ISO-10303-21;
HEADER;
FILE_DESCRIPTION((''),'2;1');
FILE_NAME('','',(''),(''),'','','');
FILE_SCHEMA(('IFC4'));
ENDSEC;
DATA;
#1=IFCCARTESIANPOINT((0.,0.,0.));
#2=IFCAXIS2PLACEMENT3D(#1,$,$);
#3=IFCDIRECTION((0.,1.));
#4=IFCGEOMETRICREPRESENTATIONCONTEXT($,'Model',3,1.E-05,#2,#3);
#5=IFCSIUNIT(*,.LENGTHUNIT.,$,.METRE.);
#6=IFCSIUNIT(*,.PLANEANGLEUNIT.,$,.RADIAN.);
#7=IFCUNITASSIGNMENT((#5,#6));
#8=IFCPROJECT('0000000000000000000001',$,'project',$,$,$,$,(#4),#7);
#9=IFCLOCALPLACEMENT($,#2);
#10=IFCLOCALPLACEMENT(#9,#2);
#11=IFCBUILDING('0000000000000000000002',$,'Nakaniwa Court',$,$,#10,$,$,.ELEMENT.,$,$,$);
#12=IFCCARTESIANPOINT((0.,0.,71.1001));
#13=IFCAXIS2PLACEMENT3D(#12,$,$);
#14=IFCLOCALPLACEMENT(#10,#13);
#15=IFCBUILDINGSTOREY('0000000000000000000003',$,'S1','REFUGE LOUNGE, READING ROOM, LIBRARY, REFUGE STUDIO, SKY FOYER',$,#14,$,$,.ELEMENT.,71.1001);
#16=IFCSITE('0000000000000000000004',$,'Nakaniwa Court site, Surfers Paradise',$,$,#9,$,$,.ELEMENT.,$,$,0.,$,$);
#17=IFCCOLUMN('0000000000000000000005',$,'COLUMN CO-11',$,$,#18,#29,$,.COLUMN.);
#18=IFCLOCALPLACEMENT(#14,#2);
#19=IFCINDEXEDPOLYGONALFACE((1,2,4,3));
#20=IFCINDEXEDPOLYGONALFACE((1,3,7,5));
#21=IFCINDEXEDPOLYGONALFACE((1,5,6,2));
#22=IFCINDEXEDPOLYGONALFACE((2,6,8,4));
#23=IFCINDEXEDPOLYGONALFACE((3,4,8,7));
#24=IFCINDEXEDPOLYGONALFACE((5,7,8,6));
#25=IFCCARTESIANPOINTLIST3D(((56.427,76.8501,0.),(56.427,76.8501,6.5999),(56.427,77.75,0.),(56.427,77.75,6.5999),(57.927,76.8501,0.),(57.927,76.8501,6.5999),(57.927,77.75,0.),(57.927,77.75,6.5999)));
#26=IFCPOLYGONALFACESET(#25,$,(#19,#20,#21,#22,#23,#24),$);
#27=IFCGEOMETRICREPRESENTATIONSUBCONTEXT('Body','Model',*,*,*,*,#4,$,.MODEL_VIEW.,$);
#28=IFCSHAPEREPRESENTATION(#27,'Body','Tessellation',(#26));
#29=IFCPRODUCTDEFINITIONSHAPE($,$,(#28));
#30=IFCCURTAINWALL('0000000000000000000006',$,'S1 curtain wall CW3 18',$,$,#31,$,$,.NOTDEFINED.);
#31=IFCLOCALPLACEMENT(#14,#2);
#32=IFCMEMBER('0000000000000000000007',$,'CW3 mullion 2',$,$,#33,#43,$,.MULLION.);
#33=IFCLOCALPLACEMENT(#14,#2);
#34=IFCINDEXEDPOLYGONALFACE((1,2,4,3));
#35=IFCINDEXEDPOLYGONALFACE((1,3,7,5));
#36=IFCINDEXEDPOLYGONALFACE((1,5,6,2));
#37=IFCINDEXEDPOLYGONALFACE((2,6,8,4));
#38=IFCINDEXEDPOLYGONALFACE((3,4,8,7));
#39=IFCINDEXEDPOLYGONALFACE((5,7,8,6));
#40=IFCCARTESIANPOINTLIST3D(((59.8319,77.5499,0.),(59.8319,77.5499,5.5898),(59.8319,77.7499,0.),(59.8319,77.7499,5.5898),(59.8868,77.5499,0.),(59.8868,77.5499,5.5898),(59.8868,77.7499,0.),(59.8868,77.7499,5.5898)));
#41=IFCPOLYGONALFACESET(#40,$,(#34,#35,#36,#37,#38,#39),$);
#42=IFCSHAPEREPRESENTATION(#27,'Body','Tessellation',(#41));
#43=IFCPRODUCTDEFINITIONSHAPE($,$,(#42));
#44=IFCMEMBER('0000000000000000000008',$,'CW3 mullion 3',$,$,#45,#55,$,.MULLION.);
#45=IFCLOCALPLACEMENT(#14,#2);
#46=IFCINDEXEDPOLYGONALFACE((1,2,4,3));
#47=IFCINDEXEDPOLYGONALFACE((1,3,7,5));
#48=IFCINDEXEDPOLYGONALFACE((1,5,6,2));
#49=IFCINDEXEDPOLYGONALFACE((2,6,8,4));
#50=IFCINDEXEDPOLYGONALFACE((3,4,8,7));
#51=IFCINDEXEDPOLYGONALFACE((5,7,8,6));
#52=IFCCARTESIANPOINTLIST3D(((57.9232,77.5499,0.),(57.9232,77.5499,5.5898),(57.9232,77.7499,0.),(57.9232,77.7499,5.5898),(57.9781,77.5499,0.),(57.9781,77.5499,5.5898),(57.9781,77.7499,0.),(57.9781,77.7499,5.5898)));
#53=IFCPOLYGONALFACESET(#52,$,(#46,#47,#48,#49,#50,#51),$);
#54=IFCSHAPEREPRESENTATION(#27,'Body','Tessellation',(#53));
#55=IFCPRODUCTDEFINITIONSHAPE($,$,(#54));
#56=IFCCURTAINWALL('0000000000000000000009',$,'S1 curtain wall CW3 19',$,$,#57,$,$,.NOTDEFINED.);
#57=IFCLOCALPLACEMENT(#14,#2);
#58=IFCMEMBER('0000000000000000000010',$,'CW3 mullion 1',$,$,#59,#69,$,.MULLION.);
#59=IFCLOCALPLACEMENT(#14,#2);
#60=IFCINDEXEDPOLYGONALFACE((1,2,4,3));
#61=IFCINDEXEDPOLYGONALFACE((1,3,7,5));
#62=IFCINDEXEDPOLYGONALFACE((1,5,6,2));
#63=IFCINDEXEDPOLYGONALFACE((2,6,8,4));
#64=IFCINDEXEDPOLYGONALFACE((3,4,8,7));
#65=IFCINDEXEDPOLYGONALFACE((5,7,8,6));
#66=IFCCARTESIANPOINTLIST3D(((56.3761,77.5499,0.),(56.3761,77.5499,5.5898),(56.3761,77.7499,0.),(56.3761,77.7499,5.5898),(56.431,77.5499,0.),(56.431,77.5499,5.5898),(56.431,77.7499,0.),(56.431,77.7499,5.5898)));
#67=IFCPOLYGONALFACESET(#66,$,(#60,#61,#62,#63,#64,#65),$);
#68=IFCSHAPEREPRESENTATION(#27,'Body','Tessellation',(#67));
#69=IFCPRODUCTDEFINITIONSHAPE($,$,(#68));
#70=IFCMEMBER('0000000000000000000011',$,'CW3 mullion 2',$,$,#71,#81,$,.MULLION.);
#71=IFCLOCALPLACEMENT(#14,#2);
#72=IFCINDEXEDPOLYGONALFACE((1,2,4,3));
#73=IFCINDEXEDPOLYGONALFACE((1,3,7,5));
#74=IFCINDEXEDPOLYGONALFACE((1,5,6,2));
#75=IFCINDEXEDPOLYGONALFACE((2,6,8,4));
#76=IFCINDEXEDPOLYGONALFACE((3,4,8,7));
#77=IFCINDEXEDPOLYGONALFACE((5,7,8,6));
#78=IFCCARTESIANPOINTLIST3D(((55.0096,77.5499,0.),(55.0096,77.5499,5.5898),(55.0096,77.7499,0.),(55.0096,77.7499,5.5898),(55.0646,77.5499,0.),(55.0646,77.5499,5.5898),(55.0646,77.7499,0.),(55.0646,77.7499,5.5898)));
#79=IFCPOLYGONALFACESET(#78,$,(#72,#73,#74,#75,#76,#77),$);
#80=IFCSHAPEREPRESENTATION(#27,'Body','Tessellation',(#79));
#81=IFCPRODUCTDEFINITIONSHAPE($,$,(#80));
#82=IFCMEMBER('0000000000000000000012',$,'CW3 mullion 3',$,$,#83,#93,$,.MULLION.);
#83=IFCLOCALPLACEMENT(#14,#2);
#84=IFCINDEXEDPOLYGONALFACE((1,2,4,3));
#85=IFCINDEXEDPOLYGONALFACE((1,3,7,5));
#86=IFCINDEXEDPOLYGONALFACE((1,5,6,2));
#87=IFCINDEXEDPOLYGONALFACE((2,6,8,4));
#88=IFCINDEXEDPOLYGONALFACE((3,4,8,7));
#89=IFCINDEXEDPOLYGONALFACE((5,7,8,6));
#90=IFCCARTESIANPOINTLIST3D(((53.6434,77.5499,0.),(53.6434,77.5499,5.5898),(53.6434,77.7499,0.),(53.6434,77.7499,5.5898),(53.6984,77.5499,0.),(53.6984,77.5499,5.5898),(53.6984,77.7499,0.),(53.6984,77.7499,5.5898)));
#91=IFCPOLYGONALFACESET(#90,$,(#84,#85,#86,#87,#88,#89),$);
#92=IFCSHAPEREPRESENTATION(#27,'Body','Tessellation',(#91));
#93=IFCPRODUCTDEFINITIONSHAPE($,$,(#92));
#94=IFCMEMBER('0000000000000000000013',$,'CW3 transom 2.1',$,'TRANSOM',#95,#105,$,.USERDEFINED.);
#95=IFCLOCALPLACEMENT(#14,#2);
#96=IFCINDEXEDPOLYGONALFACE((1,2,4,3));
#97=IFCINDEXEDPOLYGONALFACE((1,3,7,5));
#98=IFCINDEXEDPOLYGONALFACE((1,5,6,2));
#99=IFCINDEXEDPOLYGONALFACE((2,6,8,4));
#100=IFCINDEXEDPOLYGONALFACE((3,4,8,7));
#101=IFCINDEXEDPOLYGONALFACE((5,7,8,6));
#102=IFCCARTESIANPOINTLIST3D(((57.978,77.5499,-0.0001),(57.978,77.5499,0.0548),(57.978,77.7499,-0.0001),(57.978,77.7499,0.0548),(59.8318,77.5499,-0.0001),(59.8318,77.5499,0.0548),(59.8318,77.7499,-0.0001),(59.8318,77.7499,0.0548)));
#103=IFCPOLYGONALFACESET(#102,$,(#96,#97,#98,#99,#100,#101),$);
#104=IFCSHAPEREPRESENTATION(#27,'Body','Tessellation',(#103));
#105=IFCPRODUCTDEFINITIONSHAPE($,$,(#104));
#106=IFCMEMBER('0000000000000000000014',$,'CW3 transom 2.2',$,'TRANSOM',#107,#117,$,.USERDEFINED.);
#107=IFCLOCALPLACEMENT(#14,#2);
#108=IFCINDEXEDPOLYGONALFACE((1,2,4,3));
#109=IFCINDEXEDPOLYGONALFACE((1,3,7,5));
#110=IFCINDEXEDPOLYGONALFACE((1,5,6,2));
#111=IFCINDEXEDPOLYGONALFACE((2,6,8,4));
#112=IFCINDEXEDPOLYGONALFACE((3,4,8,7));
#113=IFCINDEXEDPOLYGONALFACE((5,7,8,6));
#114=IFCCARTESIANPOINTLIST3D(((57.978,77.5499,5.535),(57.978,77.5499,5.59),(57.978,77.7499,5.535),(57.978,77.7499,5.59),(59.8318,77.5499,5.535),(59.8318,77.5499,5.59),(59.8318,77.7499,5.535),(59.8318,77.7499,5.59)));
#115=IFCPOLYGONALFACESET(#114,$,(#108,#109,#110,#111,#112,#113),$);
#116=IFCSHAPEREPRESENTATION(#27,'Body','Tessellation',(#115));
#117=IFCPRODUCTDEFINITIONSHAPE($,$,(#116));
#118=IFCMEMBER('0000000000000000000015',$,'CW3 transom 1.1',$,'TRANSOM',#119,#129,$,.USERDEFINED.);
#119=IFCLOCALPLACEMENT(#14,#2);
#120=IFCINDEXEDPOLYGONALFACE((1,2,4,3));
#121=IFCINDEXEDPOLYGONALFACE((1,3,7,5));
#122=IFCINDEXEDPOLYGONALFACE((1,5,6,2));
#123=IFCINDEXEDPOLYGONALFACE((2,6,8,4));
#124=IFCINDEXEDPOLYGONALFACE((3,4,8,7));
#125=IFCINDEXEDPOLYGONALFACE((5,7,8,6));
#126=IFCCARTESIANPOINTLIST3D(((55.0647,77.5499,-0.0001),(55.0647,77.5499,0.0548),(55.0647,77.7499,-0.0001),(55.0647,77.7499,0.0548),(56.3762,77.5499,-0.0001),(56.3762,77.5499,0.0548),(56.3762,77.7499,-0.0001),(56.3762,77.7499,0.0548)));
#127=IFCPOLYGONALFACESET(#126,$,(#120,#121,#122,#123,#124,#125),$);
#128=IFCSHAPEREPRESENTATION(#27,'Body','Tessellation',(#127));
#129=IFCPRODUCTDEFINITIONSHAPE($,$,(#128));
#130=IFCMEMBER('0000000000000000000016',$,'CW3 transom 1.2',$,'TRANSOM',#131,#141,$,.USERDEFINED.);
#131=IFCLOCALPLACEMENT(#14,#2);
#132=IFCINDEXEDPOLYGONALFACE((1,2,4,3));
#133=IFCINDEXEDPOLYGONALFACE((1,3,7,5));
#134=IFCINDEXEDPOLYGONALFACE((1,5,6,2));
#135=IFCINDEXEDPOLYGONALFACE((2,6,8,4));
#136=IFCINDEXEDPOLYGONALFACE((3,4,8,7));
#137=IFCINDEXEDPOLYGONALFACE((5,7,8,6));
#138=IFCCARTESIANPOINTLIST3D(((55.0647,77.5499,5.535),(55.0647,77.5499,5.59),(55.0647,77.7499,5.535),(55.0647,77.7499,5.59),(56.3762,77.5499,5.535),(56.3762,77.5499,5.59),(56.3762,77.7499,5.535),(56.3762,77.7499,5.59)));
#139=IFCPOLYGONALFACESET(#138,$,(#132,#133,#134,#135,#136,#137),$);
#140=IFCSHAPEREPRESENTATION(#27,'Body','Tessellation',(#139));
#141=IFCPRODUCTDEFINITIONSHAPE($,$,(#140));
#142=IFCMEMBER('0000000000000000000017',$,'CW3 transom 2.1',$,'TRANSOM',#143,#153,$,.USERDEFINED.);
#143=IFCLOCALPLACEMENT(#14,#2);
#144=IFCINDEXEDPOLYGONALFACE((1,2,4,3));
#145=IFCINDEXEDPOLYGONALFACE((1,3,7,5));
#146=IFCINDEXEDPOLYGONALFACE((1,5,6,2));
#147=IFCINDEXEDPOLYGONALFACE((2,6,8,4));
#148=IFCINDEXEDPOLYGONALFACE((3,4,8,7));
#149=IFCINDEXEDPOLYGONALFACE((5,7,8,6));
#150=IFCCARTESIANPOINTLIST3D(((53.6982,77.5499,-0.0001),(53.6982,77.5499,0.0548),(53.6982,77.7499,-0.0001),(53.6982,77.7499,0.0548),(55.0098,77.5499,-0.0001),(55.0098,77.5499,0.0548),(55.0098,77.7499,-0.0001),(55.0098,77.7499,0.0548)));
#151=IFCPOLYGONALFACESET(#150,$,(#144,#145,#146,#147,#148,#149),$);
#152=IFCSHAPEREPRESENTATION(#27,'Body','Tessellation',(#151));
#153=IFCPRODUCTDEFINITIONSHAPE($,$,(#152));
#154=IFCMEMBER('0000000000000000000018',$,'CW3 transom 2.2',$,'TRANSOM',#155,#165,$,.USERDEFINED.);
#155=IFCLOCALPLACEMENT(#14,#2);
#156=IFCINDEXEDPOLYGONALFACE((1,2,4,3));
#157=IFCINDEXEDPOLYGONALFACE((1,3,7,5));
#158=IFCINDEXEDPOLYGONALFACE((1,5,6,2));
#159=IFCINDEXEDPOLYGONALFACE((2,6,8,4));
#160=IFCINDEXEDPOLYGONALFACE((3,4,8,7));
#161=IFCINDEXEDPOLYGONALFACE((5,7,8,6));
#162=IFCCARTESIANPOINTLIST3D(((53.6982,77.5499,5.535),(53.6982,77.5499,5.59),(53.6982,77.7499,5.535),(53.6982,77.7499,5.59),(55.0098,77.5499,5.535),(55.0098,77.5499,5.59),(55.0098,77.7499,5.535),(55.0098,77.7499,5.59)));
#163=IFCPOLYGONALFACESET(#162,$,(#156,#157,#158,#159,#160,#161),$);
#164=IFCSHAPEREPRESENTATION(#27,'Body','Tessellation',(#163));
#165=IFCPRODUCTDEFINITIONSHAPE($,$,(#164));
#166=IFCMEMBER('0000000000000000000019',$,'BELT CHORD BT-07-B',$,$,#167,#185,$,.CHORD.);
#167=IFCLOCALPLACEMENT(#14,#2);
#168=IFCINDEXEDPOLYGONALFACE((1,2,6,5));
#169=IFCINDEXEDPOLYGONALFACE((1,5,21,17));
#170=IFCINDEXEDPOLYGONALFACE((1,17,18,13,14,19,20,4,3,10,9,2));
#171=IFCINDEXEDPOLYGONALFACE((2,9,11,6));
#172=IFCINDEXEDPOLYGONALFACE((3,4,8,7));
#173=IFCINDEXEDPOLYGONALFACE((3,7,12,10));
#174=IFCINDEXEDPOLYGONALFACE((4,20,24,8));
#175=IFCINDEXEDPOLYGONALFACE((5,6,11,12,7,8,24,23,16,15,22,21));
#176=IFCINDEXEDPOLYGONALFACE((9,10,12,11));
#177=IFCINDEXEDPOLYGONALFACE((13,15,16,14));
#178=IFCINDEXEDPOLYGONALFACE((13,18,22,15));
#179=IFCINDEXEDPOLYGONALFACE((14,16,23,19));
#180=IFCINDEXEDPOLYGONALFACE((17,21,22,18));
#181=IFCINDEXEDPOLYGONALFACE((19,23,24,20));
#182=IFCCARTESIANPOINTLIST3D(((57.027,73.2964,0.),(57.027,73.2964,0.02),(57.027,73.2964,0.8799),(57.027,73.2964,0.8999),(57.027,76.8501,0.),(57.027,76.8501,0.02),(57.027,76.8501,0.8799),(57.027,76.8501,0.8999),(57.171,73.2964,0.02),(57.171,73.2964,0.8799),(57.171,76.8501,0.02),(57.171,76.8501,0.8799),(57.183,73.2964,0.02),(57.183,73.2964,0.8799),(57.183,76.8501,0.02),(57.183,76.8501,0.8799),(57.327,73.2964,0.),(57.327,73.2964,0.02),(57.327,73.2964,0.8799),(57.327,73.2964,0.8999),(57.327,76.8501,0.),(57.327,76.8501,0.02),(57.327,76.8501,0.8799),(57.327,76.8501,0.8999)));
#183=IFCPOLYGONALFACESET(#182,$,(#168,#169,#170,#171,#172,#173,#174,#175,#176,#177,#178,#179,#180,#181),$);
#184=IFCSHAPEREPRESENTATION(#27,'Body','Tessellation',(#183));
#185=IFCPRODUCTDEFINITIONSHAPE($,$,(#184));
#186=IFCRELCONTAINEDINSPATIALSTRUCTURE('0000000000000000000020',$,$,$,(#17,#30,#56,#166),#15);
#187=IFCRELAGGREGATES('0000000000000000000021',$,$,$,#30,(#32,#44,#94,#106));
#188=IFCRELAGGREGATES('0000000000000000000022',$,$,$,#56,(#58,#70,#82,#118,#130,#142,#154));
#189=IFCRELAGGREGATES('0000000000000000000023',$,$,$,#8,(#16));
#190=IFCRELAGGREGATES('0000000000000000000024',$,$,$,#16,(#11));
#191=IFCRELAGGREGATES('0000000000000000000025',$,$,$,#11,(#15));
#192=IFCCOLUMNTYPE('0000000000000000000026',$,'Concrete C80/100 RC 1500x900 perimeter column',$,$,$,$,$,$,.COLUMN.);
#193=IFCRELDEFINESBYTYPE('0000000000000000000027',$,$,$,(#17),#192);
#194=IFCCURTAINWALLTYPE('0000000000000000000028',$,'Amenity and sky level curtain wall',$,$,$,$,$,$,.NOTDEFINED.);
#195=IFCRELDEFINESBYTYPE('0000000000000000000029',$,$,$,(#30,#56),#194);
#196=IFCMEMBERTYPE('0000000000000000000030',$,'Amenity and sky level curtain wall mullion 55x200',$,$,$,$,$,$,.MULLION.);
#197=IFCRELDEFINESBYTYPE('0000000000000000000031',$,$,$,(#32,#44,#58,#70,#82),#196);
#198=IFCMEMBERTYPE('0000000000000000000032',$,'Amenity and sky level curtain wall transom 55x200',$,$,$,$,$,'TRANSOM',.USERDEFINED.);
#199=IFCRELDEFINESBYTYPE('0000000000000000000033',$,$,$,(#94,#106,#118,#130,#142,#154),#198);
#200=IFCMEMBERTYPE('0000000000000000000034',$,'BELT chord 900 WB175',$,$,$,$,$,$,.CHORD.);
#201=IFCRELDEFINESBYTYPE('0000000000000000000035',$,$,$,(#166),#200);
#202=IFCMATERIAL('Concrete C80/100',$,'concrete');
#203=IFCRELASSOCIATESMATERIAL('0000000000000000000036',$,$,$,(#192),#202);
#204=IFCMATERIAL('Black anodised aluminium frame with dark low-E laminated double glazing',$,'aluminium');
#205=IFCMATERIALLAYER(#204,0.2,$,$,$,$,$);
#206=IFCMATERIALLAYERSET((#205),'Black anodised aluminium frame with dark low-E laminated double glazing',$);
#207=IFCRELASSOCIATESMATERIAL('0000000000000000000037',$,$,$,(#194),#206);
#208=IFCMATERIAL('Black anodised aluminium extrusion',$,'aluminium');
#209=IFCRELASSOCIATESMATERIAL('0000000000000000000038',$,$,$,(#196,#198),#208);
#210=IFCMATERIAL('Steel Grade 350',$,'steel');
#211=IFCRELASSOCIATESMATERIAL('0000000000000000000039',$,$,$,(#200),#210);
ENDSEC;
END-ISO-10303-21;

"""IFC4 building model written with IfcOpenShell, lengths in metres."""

from ifc_helpers import new_model, si_unit, direction, frame, origin, origin_2d, place, context, subcontext, project, spatial, rectangle, i_section, extrude, material, layer, layer_set, material_profile, profile_set, type_object, element, aggregate, save


model = new_model("IFC4")

# Units and contexts
model_context = context("Model", 3, precision=1e-05, world=origin(), true_north=direction((0.0, 1.0)))
body_context = subcontext(model_context, "Body", "Model", "MODEL_VIEW")
ifc_project = project(units=[si_unit("LENGTHUNIT", "METRE"), si_unit("PLANEANGLEUNIT", "RADIAN")], contexts=[model_context])

# Site, building, storey
site_placement = place(None, origin())
site = spatial("IfcSite", under=ifc_project, at=site_placement, Name="Nakaniwa Court site, Surfers Paradise", CompositionType="ELEMENT", RefElevation=0.0)
building_placement = place(site_placement, origin())
building = spatial("IfcBuilding", under=site, at=building_placement, Name="Nakaniwa Court", CompositionType="ELEMENT")
storey_placement = place(building_placement, frame((0.0, 0.0, 71.1001)))
storey = spatial("IfcBuildingStorey", under=building, at=storey_placement, Name="S1", Description="REFUGE LOUNGE, READING ROOM, LIBRARY, REFUGE STUDIO, SKY FOYER", CompositionType="ELEMENT", Elevation=71.1001)

# Column
ifc_material_1 = material(Name="Concrete C80/100", Category="concrete")
ifc_material_profile_1 = material_profile(ifc_material_1, rectangle(XDim=1.5, YDim=0.8999, at=origin_2d()), Name="Concrete C80/100 RC 1500x900 perimeter column")
ifc_profile_set_1 = profile_set([ifc_material_profile_1], Name="Concrete C80/100")
column_type = type_object("IfcColumnType", Name="Concrete C80/100 RC 1500x900 perimeter column", PredefinedType="COLUMN", material=ifc_profile_set_1)
column_placement = place(storey_placement, frame((57.177, 77.3, 0.0), z_axis=(0.0, 0.0, 1.0), x_axis=(-1.0, 0.0, 0.0)))
element("IfcColumn", 1, at=column_placement, inside=storey, type_object=column_type, Name="COLUMN CO-11", PredefinedType="COLUMN", context=body_context, shape_type="SweptSolid", body=[
    extrude(rectangle(XDim=1.5, YDim=0.8999, at=origin_2d()), origin(), (0.0, 0.0, 1.0), 6.5999),
])

# Curtain walls, members
ifc_material_2 = material(Name="Black anodised aluminium frame with dark low-E laminated double glazing", Category="aluminium")
ifc_layer_1 = layer(ifc_material_2, 0.2)
ifc_layer_set_1 = layer_set([ifc_layer_1], Name="Black anodised aluminium frame with dark low-E laminated double glazing")
curtain_wall_type = type_object("IfcCurtainWallType", Name="Amenity and sky level curtain wall", PredefinedType="NOTDEFINED", material=ifc_layer_set_1)
curtain_wall_1_placement = place(storey_placement, origin())
curtain_wall_1 = element("IfcCurtainWall", 2, at=curtain_wall_1_placement, inside=storey, type_object=curtain_wall_type, Name="S1 curtain wall CW3 18", PredefinedType="NOTDEFINED")
ifc_material_3 = material(Name="Black anodised aluminium extrusion", Category="aluminium")
ifc_material_profile_2 = material_profile(ifc_material_3, rectangle(XDim=0.2, YDim=0.0549, at=origin_2d()), Name="Amenity and sky level curtain wall mullion 55x200")
ifc_profile_set_2 = profile_set([ifc_material_profile_2], Name="Black anodised aluminium extrusion")
member_type_1 = type_object("IfcMemberType", Name="Amenity and sky level curtain wall mullion 55x200", PredefinedType="MULLION", material=ifc_profile_set_2)
member_1_placement = place(storey_placement, frame((59.8594, 77.6499, 0.0), z_axis=(0.0, 0.0, 1.0), x_axis=(0.0, -1.0, 0.0)))
member_1 = element("IfcMember", 3, at=member_1_placement, type_object=member_type_1, Name="CW3 mullion 2", PredefinedType="MULLION", context=body_context, shape_type="SweptSolid", body=[
    extrude(rectangle(XDim=0.2, YDim=0.0549, at=origin_2d()), origin(), (0.0, 0.0, 1.0), 5.5898),
])
member_2_placement = place(storey_placement, frame((57.9507, 77.6499, 0.0), z_axis=(0.0, 0.0, 1.0), x_axis=(0.0, -1.0, 0.0)))
member_2 = element("IfcMember", 4, at=member_2_placement, type_object=member_type_1, Name="CW3 mullion 3", PredefinedType="MULLION", context=body_context, shape_type="SweptSolid", body=[
    extrude(rectangle(XDim=0.2, YDim=0.0549, at=origin_2d()), origin(), (0.0, 0.0, 1.0), 5.5898),
])
curtain_wall_2_placement = place(storey_placement, origin())
curtain_wall_2 = element("IfcCurtainWall", 5, at=curtain_wall_2_placement, inside=storey, type_object=curtain_wall_type, Name="S1 curtain wall CW3 19", PredefinedType="NOTDEFINED")
member_3_placement = place(storey_placement, frame((56.4036, 77.6499, 0.0), z_axis=(0.0, 0.0, 1.0), x_axis=(0.0, -1.0, 0.0)))
member_3 = element("IfcMember", 6, at=member_3_placement, type_object=member_type_1, Name="CW3 mullion 1", PredefinedType="MULLION", context=body_context, shape_type="SweptSolid", body=[
    extrude(rectangle(XDim=0.2, YDim=0.0549, at=origin_2d()), origin(), (0.0, 0.0, 1.0), 5.5898),
])
member_4_placement = place(storey_placement, frame((55.0371, 77.6499, 0.0), z_axis=(0.0, 0.0, 1.0), x_axis=(0.0, -1.0, 0.0)))
member_4 = element("IfcMember", 7, at=member_4_placement, type_object=member_type_1, Name="CW3 mullion 2", PredefinedType="MULLION", context=body_context, shape_type="SweptSolid", body=[
    extrude(rectangle(XDim=0.2, YDim=0.0549, at=origin_2d()), origin(), (0.0, 0.0, 1.0), 5.5898),
])
member_5_placement = place(storey_placement, frame((53.6709, 77.6499, 0.0), z_axis=(0.0, 0.0, 1.0), x_axis=(0.0, -1.0, 0.0)))
member_5 = element("IfcMember", 8, at=member_5_placement, type_object=member_type_1, Name="CW3 mullion 3", PredefinedType="MULLION", context=body_context, shape_type="SweptSolid", body=[
    extrude(rectangle(XDim=0.2, YDim=0.0549, at=origin_2d()), origin(), (0.0, 0.0, 1.0), 5.5898),
])

# Members
ifc_material_profile_3 = material_profile(ifc_material_3, rectangle(XDim=0.2, YDim=0.0549, at=origin_2d()), Name="Amenity and sky level curtain wall transom 55x200")
ifc_profile_set_3 = profile_set([ifc_material_profile_3], Name="Black anodised aluminium extrusion")
member_type_2 = type_object("IfcMemberType", Name="Amenity and sky level curtain wall transom 55x200", ElementType="TRANSOM", PredefinedType="USERDEFINED", material=ifc_profile_set_3)
member_6_placement = place(storey_placement, frame((59.8318, 77.6499, 0.0273), z_axis=(-1.0, 0.0, 0.0), x_axis=(0.0, -1.0, 0.0)))
member_6 = element("IfcMember", 9, at=member_6_placement, type_object=member_type_2, Name="CW3 transom 2.1", ObjectType="TRANSOM", PredefinedType="USERDEFINED", context=body_context, shape_type="SweptSolid", body=[
    extrude(rectangle(XDim=0.2, YDim=0.0549, at=origin_2d()), origin(), (0.0, 0.0, 1.0), 1.8538),
])
member_7_placement = place(storey_placement, frame((59.8318, 77.6499, 5.5625), z_axis=(-1.0, 0.0, 0.0), x_axis=(0.0, -1.0, 0.0)))
member_7 = element("IfcMember", 10, at=member_7_placement, type_object=member_type_2, Name="CW3 transom 2.2", ObjectType="TRANSOM", PredefinedType="USERDEFINED", context=body_context, shape_type="SweptSolid", body=[
    extrude(rectangle(XDim=0.2, YDim=0.0549, at=origin_2d()), origin(), (0.0, 0.0, 1.0), 1.8538),
])
member_8_placement = place(storey_placement, frame((56.3762, 77.6499, 0.0273), z_axis=(-1.0, 0.0, 0.0), x_axis=(0.0, -1.0, 0.0)))
member_8 = element("IfcMember", 11, at=member_8_placement, type_object=member_type_2, Name="CW3 transom 1.1", ObjectType="TRANSOM", PredefinedType="USERDEFINED", context=body_context, shape_type="SweptSolid", body=[
    extrude(rectangle(XDim=0.2, YDim=0.0549, at=origin_2d()), origin(), (0.0, 0.0, 1.0), 1.3115),
])
member_9_placement = place(storey_placement, frame((56.3762, 77.6499, 5.5625), z_axis=(-1.0, 0.0, 0.0), x_axis=(0.0, -1.0, 0.0)))
member_9 = element("IfcMember", 12, at=member_9_placement, type_object=member_type_2, Name="CW3 transom 1.2", ObjectType="TRANSOM", PredefinedType="USERDEFINED", context=body_context, shape_type="SweptSolid", body=[
    extrude(rectangle(XDim=0.2, YDim=0.0549, at=origin_2d()), origin(), (0.0, 0.0, 1.0), 1.3115),
])
member_10_placement = place(storey_placement, frame((55.0098, 77.6499, 0.0273), z_axis=(-1.0, 0.0, 0.0), x_axis=(0.0, -1.0, 0.0)))
member_10 = element("IfcMember", 13, at=member_10_placement, type_object=member_type_2, Name="CW3 transom 2.1", ObjectType="TRANSOM", PredefinedType="USERDEFINED", context=body_context, shape_type="SweptSolid", body=[
    extrude(rectangle(XDim=0.2, YDim=0.0549, at=origin_2d()), origin(), (0.0, 0.0, 1.0), 1.3115),
])
member_11_placement = place(storey_placement, frame((55.0098, 77.6499, 5.5625), z_axis=(-1.0, 0.0, 0.0), x_axis=(0.0, -1.0, 0.0)))
member_11 = element("IfcMember", 14, at=member_11_placement, type_object=member_type_2, Name="CW3 transom 2.2", ObjectType="TRANSOM", PredefinedType="USERDEFINED", context=body_context, shape_type="SweptSolid", body=[
    extrude(rectangle(XDim=0.2, YDim=0.0549, at=origin_2d()), origin(), (0.0, 0.0, 1.0), 1.3115),
])

# Member
ifc_material_4 = material(Name="Steel Grade 350", Category="steel")
ifc_material_profile_4 = material_profile(ifc_material_4, i_section(OverallWidth=0.3, OverallDepth=0.8999, WebThickness=0.012, FlangeThickness=0.02, at=origin_2d()), Name="900WB175")
ifc_profile_set_4 = profile_set([ifc_material_profile_4], Name="Steel Grade 350")
member_type_3 = type_object("IfcMemberType", Name="BELT chord 900 WB175", PredefinedType="CHORD", material=ifc_profile_set_4)
for number, where, z_axis, x_axis, name in (
    (15, (57.177, 76.8501, 0.45), (0.0, -1.0, 0.0), (1.0, 0.0, 0.0), "BELT CHORD BT-07-B"),
):
    element("IfcMember", number, at=place(storey_placement, frame(where, z_axis=z_axis, x_axis=x_axis)), inside=storey, type_object=member_type_3, Name=name, PredefinedType="CHORD", context=body_context, shape_type="SweptSolid", body=[
        extrude(i_section(OverallWidth=0.3, OverallDepth=0.8999, WebThickness=0.012, FlangeThickness=0.02, at=origin_2d()), origin(), (0.0, 0.0, 1.0), 3.5537),
    ])

aggregate(curtain_wall_1, [member_1, member_2, member_6, member_7])
aggregate(curtain_wall_2, [member_3, member_4, member_5, member_8, member_9, member_10, member_11])

save(model, "model.ifc")
